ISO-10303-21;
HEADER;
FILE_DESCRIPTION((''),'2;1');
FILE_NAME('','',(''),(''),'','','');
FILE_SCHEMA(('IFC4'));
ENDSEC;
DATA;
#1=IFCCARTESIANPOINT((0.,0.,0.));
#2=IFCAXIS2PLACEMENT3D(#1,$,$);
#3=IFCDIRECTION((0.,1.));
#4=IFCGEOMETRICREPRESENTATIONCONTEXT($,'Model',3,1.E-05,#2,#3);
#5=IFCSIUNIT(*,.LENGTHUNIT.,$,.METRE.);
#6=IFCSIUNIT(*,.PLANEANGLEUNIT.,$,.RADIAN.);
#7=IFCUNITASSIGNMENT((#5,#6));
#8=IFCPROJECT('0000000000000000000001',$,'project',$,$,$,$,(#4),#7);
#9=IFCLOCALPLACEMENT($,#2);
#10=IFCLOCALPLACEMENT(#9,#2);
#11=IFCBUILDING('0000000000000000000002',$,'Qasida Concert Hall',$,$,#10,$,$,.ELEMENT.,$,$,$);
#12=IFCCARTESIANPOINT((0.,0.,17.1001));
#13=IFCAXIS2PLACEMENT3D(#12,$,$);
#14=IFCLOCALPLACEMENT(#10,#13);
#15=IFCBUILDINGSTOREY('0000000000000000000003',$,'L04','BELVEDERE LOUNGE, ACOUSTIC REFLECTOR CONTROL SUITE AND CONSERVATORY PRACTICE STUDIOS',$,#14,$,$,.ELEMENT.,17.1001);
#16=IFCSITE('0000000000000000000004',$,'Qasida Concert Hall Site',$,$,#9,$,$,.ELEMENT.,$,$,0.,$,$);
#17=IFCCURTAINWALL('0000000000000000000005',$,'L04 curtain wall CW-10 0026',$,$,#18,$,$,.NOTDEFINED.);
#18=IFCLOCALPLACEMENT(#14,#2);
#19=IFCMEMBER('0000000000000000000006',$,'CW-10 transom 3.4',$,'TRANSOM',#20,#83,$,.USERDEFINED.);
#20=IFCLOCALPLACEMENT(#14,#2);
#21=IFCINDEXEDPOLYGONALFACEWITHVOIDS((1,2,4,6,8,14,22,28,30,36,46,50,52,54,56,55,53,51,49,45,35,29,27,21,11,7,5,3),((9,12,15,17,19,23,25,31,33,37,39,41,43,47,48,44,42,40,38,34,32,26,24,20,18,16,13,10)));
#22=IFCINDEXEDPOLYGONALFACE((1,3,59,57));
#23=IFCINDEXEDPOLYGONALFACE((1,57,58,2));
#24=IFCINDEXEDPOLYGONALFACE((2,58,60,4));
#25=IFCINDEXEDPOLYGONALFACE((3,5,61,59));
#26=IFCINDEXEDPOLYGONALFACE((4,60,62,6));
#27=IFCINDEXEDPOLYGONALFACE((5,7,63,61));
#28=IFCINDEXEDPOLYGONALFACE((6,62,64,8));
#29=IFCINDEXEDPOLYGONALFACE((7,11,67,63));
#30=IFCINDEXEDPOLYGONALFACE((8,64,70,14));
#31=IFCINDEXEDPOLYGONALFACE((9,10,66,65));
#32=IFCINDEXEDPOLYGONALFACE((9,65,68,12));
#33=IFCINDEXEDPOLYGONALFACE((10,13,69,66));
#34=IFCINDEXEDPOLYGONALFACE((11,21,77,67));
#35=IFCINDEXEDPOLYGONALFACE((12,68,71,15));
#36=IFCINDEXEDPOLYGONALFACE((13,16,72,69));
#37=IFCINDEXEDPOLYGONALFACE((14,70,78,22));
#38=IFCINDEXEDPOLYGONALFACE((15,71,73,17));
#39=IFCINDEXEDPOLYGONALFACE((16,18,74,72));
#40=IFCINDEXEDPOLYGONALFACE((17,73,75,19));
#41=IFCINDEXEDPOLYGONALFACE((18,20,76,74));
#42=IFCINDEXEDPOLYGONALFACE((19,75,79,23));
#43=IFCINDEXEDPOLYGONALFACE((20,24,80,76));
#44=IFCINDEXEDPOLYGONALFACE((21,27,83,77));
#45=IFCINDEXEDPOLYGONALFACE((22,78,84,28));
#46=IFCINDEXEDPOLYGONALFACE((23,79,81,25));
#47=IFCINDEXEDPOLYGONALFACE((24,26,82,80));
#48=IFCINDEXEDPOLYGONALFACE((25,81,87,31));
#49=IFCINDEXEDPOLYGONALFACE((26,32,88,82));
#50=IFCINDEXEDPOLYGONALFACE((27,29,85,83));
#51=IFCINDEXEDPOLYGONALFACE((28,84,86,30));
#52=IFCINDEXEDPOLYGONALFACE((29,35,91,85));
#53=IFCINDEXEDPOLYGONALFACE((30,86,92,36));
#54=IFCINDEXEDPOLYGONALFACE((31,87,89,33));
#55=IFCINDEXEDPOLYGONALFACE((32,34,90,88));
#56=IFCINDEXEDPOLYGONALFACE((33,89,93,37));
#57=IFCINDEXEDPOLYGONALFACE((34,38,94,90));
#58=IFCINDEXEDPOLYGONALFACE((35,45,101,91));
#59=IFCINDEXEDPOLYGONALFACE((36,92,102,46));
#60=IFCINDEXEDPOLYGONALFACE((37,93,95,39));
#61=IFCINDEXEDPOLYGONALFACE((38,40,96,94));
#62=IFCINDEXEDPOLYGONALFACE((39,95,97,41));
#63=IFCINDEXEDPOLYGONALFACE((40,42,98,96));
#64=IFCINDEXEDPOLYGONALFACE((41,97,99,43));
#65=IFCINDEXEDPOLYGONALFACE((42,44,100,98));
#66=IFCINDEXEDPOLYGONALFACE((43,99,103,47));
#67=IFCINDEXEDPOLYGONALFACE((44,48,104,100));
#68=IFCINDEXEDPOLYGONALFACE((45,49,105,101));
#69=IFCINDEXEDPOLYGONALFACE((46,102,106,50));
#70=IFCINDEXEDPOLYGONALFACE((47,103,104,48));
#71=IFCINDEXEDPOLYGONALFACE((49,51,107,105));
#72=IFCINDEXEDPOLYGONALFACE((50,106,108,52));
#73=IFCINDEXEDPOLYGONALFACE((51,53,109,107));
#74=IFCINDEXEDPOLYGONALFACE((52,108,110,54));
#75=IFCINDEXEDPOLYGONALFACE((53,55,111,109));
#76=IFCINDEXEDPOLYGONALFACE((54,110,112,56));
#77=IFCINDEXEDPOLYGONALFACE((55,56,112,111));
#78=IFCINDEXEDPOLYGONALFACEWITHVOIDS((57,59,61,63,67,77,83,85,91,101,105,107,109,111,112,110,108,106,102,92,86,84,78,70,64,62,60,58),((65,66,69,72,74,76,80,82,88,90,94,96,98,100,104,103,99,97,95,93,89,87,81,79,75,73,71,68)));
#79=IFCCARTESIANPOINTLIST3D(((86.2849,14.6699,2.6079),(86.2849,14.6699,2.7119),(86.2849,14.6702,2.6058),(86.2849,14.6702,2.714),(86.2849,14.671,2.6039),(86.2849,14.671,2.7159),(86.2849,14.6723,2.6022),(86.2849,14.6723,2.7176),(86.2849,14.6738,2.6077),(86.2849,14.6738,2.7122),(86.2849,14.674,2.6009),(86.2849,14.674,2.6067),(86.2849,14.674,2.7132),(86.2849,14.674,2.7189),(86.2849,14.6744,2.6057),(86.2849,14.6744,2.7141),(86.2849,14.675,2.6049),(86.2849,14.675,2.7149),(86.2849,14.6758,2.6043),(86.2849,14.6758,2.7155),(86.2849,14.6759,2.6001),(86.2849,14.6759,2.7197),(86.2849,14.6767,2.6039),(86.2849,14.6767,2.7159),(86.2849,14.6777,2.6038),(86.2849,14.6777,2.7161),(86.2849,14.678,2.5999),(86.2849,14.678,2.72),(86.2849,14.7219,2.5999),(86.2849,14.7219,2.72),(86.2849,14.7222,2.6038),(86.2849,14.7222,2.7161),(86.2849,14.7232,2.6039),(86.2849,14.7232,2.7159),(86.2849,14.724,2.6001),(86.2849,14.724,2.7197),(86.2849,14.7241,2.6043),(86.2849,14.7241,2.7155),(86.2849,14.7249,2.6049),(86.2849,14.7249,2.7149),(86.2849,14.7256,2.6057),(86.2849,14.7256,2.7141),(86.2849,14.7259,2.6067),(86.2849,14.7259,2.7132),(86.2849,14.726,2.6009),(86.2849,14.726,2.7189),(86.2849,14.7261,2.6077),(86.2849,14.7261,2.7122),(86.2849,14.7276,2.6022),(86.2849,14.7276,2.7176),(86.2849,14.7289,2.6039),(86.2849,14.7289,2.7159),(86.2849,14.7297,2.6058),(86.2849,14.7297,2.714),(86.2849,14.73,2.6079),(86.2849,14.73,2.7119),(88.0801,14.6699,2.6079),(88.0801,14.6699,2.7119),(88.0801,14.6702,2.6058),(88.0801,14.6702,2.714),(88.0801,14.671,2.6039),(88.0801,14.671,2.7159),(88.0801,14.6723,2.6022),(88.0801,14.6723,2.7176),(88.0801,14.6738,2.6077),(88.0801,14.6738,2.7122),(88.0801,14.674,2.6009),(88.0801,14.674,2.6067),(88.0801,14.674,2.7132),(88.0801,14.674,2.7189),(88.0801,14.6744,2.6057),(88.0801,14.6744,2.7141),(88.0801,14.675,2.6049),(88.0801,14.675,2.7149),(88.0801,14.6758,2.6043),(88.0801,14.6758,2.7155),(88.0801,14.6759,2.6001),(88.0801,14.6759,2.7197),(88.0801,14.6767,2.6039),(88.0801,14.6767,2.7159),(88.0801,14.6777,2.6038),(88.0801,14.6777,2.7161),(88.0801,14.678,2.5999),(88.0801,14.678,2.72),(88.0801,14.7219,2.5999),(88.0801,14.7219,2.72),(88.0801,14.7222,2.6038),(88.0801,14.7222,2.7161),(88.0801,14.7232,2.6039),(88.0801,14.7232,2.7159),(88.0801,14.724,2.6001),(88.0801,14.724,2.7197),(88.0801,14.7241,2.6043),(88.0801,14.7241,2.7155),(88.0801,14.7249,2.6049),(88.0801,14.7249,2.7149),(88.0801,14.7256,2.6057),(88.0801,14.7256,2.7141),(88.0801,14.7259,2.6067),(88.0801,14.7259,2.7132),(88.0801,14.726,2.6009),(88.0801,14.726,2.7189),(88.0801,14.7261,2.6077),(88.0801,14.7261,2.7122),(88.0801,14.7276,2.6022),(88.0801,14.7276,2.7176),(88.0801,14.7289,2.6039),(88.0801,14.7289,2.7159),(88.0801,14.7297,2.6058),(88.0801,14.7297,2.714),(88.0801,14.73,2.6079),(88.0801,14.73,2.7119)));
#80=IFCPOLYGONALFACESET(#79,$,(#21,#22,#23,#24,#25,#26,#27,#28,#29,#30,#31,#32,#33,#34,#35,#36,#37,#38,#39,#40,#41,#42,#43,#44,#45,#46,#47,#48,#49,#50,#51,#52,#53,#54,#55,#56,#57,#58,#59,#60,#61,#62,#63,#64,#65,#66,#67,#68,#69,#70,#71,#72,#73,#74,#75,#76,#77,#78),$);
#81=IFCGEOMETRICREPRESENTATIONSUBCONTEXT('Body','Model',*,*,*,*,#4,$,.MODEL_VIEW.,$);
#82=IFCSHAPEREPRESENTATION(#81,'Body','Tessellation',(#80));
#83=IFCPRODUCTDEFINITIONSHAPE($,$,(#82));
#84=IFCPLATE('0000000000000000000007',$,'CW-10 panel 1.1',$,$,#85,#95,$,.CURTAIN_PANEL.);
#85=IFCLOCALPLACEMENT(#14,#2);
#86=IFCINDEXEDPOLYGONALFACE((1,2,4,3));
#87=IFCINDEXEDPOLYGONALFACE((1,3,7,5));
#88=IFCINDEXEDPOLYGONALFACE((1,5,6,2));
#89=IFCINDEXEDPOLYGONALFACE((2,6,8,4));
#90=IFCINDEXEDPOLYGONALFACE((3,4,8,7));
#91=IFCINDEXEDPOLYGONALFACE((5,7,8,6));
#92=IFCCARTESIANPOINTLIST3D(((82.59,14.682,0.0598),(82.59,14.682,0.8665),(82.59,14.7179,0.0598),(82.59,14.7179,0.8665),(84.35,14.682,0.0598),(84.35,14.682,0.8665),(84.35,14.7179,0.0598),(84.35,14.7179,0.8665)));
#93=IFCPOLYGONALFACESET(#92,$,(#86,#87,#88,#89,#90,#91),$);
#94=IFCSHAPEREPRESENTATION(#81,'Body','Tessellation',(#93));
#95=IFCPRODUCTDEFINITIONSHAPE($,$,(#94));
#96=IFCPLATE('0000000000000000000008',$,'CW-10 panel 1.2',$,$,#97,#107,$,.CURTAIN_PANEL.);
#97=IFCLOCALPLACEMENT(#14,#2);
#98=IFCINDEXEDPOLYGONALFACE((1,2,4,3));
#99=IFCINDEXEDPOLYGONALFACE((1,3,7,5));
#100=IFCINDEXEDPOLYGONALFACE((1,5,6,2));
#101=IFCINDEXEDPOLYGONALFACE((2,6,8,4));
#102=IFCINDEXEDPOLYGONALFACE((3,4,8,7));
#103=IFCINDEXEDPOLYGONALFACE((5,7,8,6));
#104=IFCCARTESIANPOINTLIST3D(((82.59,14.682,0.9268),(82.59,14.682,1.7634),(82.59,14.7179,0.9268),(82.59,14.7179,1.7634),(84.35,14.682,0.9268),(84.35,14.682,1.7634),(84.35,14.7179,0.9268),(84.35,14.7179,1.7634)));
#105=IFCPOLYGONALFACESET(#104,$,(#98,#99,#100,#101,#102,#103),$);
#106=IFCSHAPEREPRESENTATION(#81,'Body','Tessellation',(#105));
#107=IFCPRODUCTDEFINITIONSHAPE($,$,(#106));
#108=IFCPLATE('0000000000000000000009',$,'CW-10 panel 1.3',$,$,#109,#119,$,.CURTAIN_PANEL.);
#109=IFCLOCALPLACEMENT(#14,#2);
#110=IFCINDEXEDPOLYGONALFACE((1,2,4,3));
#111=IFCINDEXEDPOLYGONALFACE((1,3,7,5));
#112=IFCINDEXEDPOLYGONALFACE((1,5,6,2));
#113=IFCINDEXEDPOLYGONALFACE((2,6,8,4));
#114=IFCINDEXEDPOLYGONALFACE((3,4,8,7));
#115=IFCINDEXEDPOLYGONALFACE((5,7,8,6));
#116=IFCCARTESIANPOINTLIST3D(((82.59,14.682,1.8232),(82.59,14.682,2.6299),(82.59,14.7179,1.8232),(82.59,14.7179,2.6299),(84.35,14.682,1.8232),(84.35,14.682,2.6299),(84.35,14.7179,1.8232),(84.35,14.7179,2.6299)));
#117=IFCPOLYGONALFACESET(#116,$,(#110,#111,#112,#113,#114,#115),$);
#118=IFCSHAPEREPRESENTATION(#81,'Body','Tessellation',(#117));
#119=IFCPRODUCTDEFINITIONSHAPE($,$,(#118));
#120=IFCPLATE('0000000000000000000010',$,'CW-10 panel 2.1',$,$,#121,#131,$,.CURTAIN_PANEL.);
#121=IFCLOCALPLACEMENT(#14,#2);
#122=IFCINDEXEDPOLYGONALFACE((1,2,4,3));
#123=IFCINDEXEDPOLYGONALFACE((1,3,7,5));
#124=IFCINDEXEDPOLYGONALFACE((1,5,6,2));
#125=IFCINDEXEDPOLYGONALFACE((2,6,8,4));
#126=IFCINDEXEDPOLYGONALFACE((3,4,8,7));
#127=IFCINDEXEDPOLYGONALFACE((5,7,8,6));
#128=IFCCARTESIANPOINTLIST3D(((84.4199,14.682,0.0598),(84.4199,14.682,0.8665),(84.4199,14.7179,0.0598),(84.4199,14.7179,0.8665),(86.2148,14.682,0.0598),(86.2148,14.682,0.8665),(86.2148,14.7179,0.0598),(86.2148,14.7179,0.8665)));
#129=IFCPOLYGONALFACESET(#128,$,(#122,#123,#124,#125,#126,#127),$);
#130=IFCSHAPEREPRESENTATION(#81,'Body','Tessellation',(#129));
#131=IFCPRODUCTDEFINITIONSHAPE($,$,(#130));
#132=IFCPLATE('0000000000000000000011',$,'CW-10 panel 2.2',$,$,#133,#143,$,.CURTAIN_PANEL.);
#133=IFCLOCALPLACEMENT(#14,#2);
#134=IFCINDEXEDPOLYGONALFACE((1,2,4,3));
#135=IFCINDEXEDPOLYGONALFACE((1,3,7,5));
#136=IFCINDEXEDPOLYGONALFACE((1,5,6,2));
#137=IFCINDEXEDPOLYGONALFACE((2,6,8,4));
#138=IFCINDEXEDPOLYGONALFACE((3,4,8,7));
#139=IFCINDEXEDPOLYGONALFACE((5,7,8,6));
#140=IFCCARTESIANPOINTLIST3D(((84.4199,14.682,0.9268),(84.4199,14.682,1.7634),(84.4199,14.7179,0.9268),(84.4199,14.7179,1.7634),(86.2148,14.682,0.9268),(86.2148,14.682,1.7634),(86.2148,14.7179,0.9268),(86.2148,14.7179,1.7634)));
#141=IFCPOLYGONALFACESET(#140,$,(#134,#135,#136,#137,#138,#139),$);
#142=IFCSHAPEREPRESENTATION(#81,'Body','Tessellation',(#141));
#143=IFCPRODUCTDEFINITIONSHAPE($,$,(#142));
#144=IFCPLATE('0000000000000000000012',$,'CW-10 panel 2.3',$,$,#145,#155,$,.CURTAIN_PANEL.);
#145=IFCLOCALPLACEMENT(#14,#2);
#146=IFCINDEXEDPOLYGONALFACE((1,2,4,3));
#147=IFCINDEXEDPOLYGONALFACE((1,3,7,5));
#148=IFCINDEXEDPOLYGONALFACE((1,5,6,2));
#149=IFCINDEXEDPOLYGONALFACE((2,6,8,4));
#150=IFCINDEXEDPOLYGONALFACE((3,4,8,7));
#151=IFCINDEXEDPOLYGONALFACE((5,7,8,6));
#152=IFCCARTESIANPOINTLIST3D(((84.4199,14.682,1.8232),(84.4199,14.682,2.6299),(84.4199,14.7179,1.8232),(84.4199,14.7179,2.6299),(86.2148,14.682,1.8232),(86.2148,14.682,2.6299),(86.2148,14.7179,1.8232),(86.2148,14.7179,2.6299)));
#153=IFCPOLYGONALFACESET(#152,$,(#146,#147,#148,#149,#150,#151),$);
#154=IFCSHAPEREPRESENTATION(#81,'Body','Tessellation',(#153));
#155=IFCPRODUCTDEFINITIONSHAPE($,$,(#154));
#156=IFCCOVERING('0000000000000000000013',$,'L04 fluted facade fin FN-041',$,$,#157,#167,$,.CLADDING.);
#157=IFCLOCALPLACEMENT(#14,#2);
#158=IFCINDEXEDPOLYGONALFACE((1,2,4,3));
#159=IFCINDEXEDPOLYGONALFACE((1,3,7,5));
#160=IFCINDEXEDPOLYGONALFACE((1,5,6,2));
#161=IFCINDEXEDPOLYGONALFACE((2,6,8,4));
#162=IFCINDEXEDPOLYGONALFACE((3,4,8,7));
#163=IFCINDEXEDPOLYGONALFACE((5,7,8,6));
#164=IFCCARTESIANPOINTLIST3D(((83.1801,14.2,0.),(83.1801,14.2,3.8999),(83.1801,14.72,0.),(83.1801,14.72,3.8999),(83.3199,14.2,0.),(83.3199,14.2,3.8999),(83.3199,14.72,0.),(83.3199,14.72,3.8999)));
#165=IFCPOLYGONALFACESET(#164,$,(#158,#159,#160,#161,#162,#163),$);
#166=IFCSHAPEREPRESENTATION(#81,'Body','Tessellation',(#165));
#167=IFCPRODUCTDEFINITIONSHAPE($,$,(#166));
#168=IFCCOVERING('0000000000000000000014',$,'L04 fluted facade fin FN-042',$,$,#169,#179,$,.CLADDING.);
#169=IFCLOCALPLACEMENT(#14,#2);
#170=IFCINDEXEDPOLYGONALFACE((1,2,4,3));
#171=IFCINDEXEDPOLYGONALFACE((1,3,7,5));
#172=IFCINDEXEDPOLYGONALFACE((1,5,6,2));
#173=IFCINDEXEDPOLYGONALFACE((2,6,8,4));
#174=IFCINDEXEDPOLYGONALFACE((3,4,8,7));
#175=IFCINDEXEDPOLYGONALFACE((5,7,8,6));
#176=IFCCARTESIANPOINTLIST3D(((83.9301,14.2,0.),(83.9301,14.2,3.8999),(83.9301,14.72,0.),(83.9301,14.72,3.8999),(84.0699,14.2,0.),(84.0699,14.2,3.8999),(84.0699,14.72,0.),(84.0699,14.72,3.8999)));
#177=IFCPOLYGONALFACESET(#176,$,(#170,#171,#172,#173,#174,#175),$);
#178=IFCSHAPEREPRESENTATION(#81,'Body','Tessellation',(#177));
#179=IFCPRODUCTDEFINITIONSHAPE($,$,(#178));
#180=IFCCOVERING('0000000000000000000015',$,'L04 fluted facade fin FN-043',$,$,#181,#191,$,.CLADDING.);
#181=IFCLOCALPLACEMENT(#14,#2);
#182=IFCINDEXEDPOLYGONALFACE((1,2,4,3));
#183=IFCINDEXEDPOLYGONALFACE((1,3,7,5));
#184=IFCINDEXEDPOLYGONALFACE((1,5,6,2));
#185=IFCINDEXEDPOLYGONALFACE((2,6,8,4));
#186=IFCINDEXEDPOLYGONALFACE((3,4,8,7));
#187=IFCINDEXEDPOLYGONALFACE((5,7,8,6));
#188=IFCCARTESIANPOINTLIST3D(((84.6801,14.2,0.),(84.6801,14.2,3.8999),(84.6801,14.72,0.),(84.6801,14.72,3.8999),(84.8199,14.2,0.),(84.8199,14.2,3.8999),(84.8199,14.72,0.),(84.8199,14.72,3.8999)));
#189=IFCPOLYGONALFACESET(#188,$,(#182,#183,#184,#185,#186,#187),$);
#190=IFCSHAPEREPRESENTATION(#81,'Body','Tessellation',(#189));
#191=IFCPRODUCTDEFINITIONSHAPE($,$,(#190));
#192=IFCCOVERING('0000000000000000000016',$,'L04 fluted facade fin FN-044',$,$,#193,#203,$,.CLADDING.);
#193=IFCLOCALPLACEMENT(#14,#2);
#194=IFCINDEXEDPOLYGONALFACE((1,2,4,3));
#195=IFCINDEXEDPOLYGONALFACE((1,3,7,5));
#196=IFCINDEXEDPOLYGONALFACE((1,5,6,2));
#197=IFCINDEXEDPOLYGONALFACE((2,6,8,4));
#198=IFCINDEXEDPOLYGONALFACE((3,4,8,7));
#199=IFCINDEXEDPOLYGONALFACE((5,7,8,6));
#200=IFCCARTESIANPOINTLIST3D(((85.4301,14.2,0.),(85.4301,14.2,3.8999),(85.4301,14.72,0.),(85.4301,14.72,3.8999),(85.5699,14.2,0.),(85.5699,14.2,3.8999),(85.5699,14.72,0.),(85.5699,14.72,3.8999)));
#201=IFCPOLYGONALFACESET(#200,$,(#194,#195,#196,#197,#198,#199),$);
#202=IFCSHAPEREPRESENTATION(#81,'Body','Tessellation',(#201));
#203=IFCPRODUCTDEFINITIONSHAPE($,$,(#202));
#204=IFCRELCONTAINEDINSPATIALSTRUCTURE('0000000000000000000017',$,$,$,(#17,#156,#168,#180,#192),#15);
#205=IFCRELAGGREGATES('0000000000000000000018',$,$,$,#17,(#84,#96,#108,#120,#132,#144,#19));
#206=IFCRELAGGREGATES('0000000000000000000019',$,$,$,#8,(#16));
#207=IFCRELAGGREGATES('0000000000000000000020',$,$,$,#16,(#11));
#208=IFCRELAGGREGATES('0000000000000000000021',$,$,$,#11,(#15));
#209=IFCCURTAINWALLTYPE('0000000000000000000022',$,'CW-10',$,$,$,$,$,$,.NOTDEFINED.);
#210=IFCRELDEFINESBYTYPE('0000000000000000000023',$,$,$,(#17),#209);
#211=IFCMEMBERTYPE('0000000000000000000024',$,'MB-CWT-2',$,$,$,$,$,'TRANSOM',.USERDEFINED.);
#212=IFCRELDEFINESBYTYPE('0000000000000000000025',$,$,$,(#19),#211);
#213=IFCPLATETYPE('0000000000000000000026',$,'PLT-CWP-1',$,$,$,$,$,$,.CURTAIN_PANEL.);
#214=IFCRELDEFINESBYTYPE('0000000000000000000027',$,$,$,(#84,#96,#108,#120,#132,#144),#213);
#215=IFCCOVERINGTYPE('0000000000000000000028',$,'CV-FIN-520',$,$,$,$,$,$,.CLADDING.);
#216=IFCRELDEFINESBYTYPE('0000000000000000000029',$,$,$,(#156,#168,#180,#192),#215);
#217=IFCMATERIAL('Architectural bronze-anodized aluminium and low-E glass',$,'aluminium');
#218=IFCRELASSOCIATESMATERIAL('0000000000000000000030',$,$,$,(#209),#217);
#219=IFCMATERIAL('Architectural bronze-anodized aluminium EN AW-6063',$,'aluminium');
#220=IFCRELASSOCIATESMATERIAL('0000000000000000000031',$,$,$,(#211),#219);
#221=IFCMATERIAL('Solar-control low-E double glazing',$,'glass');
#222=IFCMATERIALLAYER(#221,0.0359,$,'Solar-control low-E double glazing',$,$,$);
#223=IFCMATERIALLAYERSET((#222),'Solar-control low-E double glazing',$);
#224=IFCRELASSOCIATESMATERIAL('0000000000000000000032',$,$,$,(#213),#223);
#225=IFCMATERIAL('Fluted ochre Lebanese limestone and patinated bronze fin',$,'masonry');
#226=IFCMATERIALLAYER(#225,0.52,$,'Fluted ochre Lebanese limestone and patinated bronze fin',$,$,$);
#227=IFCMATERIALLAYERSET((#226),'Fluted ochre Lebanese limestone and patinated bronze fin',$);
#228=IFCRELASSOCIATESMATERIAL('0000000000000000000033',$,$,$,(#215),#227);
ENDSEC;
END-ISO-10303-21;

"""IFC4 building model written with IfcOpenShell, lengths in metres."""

from ifc_helpers import new_model, si_unit, direction, frame, origin, origin_2d, place, context, subcontext, project, spatial, rectangle, hollow_rectangle, extrude, material, layer, layer_set, material_profile, profile_set, type_object, element, aggregate, save


model = new_model("IFC4")

# Units and contexts
model_context = context("Model", 3, precision=1e-05, world=origin(), true_north=direction((0.0, 1.0)))
body_context = subcontext(model_context, "Body", "Model", "MODEL_VIEW")
ifc_project = project(units=[si_unit("LENGTHUNIT", "METRE"), si_unit("PLANEANGLEUNIT", "RADIAN")], contexts=[model_context])

# Site, building, storey
site_placement = place(None, origin())
site = spatial("IfcSite", under=ifc_project, at=site_placement, Name="Qasida Concert Hall Site", CompositionType="ELEMENT", RefElevation=0.0)
building_placement = place(site_placement, origin())
building = spatial("IfcBuilding", under=site, at=building_placement, Name="Qasida Concert Hall", CompositionType="ELEMENT")
storey_placement = place(building_placement, frame((0.0, 0.0, 17.1001)))
storey = spatial("IfcBuildingStorey", under=building, at=storey_placement, Name="L04", Description="BELVEDERE LOUNGE, ACOUSTIC REFLECTOR CONTROL SUITE AND CONSERVATORY PRACTICE STUDIOS", CompositionType="ELEMENT", Elevation=17.1001)

# Curtain wall, member, plates
ifc_material_1 = material(Name="Architectural bronze-anodized aluminium and low-E glass", Category="aluminium")
curtain_wall_type = type_object("IfcCurtainWallType", Name="CW-10", PredefinedType="NOTDEFINED", material=ifc_material_1)
curtain_wall_placement = place(storey_placement, origin())
curtain_wall = element("IfcCurtainWall", 1, at=curtain_wall_placement, inside=storey, type_object=curtain_wall_type, Name="L04 curtain wall CW-10 0026", PredefinedType="NOTDEFINED")
ifc_material_2 = material(Name="Architectural bronze-anodized aluminium EN AW-6063", Category="aluminium")
ifc_material_profile_1 = material_profile(ifc_material_2, hollow_rectangle(XDim=0.0601, YDim=0.1201, WallThickness=0.0039, InnerFilletRadius=0.0039, OuterFilletRadius=0.0081, at=origin_2d()), Name="CWT 120x60x4")
ifc_profile_set_1 = profile_set([ifc_material_profile_1], Name="Architectural bronze-anodized aluminium EN AW-6063")
member_type_1 = type_object("IfcMemberType", Name="MB-CWT-2", ElementType="TRANSOM", PredefinedType="USERDEFINED", material=ifc_profile_set_1)
member_1_placement = place(storey_placement, frame((86.2849, 14.7, 2.6599), z_axis=(1.0, 0.0, 0.0), x_axis=(0.0, 1.0, 0.0)))
member_1 = element("IfcMember", 2, at=member_1_placement, type_object=member_type_1, Name="CW-10 transom 3.4", ObjectType="TRANSOM", PredefinedType="USERDEFINED", context=body_context, shape_type="SweptSolid", body=[
    extrude(hollow_rectangle(XDim=0.0601, YDim=0.1201, WallThickness=0.0039, InnerFilletRadius=0.0039, OuterFilletRadius=0.0081, at=origin_2d()), origin(), (0.0, 0.0, 1.0), 1.7952),
])
ifc_material_3 = material(Name="Solar-control low-E double glazing", Category="glass")
ifc_layer_1 = layer(ifc_material_3, 0.0359, Name="Solar-control low-E double glazing")
ifc_layer_set_1 = layer_set([ifc_layer_1], Name="Solar-control low-E double glazing")
plate_type = type_object("IfcPlateType", Name="PLT-CWP-1", PredefinedType="CURTAIN_PANEL", material=ifc_layer_set_1)
plate_1_placement = place(storey_placement, frame((83.47, 14.7, 0.0598), z_axis=(0.0, 0.0, 1.0), x_axis=(1.0, 0.0, 0.0)))
plate_1 = element("IfcPlate", 3, at=plate_1_placement, type_object=plate_type, Name="CW-10 panel 1.1", PredefinedType="CURTAIN_PANEL", context=body_context, shape_type="SweptSolid", body=[
    extrude(rectangle(XDim=1.76, YDim=0.0359, at=origin_2d()), origin(), (0.0, 0.0, 1.0), 0.8066),
])
plate_2_placement = place(storey_placement, frame((83.47, 14.7, 0.9268), z_axis=(0.0, 0.0, 1.0), x_axis=(1.0, 0.0, 0.0)))
plate_2 = element("IfcPlate", 4, at=plate_2_placement, type_object=plate_type, Name="CW-10 panel 1.2", PredefinedType="CURTAIN_PANEL", context=body_context, shape_type="SweptSolid", body=[
    extrude(rectangle(XDim=1.76, YDim=0.0359, at=origin_2d()), origin(), (0.0, 0.0, 1.0), 0.8367),
])
plate_3_placement = place(storey_placement, frame((83.47, 14.7, 1.8232), z_axis=(0.0, 0.0, 1.0), x_axis=(1.0, 0.0, 0.0)))
plate_3 = element("IfcPlate", 5, at=plate_3_placement, type_object=plate_type, Name="CW-10 panel 1.3", PredefinedType="CURTAIN_PANEL", context=body_context, shape_type="SweptSolid", body=[
    extrude(rectangle(XDim=1.76, YDim=0.0359, at=origin_2d()), origin(), (0.0, 0.0, 1.0), 0.8066),
])
plate_4_placement = place(storey_placement, frame((85.3174, 14.7, 0.0598), z_axis=(0.0, 0.0, 1.0), x_axis=(1.0, 0.0, 0.0)))
plate_4 = element("IfcPlate", 6, at=plate_4_placement, type_object=plate_type, Name="CW-10 panel 2.1", PredefinedType="CURTAIN_PANEL", context=body_context, shape_type="SweptSolid", body=[
    extrude(rectangle(XDim=1.7949, YDim=0.0359, at=origin_2d()), origin(), (0.0, 0.0, 1.0), 0.8066),
])
plate_5_placement = place(storey_placement, frame((85.3174, 14.7, 0.9268), z_axis=(0.0, 0.0, 1.0), x_axis=(1.0, 0.0, 0.0)))
plate_5 = element("IfcPlate", 7, at=plate_5_placement, type_object=plate_type, Name="CW-10 panel 2.2", PredefinedType="CURTAIN_PANEL", context=body_context, shape_type="SweptSolid", body=[
    extrude(rectangle(XDim=1.7949, YDim=0.0359, at=origin_2d()), origin(), (0.0, 0.0, 1.0), 0.8367),
])
plate_6_placement = place(storey_placement, frame((85.3174, 14.7, 1.8232), z_axis=(0.0, 0.0, 1.0), x_axis=(1.0, 0.0, 0.0)))
plate_6 = element("IfcPlate", 8, at=plate_6_placement, type_object=plate_type, Name="CW-10 panel 2.3", PredefinedType="CURTAIN_PANEL", context=body_context, shape_type="SweptSolid", body=[
    extrude(rectangle(XDim=1.7949, YDim=0.0359, at=origin_2d()), origin(), (0.0, 0.0, 1.0), 0.8066),
])
aggregate(curtain_wall, [plate_1, plate_2, plate_3, plate_4, plate_5, plate_6, member_1])

# Coverings
ifc_material_4 = material(Name="Fluted ochre Lebanese limestone and patinated bronze fin", Category="masonry")
ifc_layer_2 = layer(ifc_material_4, 0.52, Name="Fluted ochre Lebanese limestone and patinated bronze fin")
ifc_layer_set_2 = layer_set([ifc_layer_2], Name="Fluted ochre Lebanese limestone and patinated bronze fin")
covering_type = type_object("IfcCoveringType", Name="CV-FIN-520", PredefinedType="CLADDING", material=ifc_layer_set_2)
for number, where, z_axis, x_axis, name in (
    (9, (83.25, 14.46, 0.0), (0.0, 0.0, 1.0), (1.0, 0.0, 0.0), "L04 fluted facade fin FN-041"),
    (10, (84.0, 14.46, 0.0), (0.0, 0.0, 1.0), (1.0, 0.0, 0.0), "L04 fluted facade fin FN-042"),
    (11, (84.75, 14.46, 0.0), (0.0, 0.0, 1.0), (1.0, 0.0, 0.0), "L04 fluted facade fin FN-043"),
    (12, (85.5, 14.46, 0.0), (0.0, 0.0, 1.0), (1.0, 0.0, 0.0), "L04 fluted facade fin FN-044"),
):
    element("IfcCovering", number, at=place(storey_placement, frame(where, z_axis=z_axis, x_axis=x_axis)), inside=storey, type_object=covering_type, Name=name, PredefinedType="CLADDING", context=body_context, shape_type="SweptSolid", body=[
        extrude(rectangle(XDim=0.1399, YDim=0.52, at=origin_2d()), origin(), (0.0, 0.0, 1.0), 3.8999),
    ])

save(model, "model.ifc")
